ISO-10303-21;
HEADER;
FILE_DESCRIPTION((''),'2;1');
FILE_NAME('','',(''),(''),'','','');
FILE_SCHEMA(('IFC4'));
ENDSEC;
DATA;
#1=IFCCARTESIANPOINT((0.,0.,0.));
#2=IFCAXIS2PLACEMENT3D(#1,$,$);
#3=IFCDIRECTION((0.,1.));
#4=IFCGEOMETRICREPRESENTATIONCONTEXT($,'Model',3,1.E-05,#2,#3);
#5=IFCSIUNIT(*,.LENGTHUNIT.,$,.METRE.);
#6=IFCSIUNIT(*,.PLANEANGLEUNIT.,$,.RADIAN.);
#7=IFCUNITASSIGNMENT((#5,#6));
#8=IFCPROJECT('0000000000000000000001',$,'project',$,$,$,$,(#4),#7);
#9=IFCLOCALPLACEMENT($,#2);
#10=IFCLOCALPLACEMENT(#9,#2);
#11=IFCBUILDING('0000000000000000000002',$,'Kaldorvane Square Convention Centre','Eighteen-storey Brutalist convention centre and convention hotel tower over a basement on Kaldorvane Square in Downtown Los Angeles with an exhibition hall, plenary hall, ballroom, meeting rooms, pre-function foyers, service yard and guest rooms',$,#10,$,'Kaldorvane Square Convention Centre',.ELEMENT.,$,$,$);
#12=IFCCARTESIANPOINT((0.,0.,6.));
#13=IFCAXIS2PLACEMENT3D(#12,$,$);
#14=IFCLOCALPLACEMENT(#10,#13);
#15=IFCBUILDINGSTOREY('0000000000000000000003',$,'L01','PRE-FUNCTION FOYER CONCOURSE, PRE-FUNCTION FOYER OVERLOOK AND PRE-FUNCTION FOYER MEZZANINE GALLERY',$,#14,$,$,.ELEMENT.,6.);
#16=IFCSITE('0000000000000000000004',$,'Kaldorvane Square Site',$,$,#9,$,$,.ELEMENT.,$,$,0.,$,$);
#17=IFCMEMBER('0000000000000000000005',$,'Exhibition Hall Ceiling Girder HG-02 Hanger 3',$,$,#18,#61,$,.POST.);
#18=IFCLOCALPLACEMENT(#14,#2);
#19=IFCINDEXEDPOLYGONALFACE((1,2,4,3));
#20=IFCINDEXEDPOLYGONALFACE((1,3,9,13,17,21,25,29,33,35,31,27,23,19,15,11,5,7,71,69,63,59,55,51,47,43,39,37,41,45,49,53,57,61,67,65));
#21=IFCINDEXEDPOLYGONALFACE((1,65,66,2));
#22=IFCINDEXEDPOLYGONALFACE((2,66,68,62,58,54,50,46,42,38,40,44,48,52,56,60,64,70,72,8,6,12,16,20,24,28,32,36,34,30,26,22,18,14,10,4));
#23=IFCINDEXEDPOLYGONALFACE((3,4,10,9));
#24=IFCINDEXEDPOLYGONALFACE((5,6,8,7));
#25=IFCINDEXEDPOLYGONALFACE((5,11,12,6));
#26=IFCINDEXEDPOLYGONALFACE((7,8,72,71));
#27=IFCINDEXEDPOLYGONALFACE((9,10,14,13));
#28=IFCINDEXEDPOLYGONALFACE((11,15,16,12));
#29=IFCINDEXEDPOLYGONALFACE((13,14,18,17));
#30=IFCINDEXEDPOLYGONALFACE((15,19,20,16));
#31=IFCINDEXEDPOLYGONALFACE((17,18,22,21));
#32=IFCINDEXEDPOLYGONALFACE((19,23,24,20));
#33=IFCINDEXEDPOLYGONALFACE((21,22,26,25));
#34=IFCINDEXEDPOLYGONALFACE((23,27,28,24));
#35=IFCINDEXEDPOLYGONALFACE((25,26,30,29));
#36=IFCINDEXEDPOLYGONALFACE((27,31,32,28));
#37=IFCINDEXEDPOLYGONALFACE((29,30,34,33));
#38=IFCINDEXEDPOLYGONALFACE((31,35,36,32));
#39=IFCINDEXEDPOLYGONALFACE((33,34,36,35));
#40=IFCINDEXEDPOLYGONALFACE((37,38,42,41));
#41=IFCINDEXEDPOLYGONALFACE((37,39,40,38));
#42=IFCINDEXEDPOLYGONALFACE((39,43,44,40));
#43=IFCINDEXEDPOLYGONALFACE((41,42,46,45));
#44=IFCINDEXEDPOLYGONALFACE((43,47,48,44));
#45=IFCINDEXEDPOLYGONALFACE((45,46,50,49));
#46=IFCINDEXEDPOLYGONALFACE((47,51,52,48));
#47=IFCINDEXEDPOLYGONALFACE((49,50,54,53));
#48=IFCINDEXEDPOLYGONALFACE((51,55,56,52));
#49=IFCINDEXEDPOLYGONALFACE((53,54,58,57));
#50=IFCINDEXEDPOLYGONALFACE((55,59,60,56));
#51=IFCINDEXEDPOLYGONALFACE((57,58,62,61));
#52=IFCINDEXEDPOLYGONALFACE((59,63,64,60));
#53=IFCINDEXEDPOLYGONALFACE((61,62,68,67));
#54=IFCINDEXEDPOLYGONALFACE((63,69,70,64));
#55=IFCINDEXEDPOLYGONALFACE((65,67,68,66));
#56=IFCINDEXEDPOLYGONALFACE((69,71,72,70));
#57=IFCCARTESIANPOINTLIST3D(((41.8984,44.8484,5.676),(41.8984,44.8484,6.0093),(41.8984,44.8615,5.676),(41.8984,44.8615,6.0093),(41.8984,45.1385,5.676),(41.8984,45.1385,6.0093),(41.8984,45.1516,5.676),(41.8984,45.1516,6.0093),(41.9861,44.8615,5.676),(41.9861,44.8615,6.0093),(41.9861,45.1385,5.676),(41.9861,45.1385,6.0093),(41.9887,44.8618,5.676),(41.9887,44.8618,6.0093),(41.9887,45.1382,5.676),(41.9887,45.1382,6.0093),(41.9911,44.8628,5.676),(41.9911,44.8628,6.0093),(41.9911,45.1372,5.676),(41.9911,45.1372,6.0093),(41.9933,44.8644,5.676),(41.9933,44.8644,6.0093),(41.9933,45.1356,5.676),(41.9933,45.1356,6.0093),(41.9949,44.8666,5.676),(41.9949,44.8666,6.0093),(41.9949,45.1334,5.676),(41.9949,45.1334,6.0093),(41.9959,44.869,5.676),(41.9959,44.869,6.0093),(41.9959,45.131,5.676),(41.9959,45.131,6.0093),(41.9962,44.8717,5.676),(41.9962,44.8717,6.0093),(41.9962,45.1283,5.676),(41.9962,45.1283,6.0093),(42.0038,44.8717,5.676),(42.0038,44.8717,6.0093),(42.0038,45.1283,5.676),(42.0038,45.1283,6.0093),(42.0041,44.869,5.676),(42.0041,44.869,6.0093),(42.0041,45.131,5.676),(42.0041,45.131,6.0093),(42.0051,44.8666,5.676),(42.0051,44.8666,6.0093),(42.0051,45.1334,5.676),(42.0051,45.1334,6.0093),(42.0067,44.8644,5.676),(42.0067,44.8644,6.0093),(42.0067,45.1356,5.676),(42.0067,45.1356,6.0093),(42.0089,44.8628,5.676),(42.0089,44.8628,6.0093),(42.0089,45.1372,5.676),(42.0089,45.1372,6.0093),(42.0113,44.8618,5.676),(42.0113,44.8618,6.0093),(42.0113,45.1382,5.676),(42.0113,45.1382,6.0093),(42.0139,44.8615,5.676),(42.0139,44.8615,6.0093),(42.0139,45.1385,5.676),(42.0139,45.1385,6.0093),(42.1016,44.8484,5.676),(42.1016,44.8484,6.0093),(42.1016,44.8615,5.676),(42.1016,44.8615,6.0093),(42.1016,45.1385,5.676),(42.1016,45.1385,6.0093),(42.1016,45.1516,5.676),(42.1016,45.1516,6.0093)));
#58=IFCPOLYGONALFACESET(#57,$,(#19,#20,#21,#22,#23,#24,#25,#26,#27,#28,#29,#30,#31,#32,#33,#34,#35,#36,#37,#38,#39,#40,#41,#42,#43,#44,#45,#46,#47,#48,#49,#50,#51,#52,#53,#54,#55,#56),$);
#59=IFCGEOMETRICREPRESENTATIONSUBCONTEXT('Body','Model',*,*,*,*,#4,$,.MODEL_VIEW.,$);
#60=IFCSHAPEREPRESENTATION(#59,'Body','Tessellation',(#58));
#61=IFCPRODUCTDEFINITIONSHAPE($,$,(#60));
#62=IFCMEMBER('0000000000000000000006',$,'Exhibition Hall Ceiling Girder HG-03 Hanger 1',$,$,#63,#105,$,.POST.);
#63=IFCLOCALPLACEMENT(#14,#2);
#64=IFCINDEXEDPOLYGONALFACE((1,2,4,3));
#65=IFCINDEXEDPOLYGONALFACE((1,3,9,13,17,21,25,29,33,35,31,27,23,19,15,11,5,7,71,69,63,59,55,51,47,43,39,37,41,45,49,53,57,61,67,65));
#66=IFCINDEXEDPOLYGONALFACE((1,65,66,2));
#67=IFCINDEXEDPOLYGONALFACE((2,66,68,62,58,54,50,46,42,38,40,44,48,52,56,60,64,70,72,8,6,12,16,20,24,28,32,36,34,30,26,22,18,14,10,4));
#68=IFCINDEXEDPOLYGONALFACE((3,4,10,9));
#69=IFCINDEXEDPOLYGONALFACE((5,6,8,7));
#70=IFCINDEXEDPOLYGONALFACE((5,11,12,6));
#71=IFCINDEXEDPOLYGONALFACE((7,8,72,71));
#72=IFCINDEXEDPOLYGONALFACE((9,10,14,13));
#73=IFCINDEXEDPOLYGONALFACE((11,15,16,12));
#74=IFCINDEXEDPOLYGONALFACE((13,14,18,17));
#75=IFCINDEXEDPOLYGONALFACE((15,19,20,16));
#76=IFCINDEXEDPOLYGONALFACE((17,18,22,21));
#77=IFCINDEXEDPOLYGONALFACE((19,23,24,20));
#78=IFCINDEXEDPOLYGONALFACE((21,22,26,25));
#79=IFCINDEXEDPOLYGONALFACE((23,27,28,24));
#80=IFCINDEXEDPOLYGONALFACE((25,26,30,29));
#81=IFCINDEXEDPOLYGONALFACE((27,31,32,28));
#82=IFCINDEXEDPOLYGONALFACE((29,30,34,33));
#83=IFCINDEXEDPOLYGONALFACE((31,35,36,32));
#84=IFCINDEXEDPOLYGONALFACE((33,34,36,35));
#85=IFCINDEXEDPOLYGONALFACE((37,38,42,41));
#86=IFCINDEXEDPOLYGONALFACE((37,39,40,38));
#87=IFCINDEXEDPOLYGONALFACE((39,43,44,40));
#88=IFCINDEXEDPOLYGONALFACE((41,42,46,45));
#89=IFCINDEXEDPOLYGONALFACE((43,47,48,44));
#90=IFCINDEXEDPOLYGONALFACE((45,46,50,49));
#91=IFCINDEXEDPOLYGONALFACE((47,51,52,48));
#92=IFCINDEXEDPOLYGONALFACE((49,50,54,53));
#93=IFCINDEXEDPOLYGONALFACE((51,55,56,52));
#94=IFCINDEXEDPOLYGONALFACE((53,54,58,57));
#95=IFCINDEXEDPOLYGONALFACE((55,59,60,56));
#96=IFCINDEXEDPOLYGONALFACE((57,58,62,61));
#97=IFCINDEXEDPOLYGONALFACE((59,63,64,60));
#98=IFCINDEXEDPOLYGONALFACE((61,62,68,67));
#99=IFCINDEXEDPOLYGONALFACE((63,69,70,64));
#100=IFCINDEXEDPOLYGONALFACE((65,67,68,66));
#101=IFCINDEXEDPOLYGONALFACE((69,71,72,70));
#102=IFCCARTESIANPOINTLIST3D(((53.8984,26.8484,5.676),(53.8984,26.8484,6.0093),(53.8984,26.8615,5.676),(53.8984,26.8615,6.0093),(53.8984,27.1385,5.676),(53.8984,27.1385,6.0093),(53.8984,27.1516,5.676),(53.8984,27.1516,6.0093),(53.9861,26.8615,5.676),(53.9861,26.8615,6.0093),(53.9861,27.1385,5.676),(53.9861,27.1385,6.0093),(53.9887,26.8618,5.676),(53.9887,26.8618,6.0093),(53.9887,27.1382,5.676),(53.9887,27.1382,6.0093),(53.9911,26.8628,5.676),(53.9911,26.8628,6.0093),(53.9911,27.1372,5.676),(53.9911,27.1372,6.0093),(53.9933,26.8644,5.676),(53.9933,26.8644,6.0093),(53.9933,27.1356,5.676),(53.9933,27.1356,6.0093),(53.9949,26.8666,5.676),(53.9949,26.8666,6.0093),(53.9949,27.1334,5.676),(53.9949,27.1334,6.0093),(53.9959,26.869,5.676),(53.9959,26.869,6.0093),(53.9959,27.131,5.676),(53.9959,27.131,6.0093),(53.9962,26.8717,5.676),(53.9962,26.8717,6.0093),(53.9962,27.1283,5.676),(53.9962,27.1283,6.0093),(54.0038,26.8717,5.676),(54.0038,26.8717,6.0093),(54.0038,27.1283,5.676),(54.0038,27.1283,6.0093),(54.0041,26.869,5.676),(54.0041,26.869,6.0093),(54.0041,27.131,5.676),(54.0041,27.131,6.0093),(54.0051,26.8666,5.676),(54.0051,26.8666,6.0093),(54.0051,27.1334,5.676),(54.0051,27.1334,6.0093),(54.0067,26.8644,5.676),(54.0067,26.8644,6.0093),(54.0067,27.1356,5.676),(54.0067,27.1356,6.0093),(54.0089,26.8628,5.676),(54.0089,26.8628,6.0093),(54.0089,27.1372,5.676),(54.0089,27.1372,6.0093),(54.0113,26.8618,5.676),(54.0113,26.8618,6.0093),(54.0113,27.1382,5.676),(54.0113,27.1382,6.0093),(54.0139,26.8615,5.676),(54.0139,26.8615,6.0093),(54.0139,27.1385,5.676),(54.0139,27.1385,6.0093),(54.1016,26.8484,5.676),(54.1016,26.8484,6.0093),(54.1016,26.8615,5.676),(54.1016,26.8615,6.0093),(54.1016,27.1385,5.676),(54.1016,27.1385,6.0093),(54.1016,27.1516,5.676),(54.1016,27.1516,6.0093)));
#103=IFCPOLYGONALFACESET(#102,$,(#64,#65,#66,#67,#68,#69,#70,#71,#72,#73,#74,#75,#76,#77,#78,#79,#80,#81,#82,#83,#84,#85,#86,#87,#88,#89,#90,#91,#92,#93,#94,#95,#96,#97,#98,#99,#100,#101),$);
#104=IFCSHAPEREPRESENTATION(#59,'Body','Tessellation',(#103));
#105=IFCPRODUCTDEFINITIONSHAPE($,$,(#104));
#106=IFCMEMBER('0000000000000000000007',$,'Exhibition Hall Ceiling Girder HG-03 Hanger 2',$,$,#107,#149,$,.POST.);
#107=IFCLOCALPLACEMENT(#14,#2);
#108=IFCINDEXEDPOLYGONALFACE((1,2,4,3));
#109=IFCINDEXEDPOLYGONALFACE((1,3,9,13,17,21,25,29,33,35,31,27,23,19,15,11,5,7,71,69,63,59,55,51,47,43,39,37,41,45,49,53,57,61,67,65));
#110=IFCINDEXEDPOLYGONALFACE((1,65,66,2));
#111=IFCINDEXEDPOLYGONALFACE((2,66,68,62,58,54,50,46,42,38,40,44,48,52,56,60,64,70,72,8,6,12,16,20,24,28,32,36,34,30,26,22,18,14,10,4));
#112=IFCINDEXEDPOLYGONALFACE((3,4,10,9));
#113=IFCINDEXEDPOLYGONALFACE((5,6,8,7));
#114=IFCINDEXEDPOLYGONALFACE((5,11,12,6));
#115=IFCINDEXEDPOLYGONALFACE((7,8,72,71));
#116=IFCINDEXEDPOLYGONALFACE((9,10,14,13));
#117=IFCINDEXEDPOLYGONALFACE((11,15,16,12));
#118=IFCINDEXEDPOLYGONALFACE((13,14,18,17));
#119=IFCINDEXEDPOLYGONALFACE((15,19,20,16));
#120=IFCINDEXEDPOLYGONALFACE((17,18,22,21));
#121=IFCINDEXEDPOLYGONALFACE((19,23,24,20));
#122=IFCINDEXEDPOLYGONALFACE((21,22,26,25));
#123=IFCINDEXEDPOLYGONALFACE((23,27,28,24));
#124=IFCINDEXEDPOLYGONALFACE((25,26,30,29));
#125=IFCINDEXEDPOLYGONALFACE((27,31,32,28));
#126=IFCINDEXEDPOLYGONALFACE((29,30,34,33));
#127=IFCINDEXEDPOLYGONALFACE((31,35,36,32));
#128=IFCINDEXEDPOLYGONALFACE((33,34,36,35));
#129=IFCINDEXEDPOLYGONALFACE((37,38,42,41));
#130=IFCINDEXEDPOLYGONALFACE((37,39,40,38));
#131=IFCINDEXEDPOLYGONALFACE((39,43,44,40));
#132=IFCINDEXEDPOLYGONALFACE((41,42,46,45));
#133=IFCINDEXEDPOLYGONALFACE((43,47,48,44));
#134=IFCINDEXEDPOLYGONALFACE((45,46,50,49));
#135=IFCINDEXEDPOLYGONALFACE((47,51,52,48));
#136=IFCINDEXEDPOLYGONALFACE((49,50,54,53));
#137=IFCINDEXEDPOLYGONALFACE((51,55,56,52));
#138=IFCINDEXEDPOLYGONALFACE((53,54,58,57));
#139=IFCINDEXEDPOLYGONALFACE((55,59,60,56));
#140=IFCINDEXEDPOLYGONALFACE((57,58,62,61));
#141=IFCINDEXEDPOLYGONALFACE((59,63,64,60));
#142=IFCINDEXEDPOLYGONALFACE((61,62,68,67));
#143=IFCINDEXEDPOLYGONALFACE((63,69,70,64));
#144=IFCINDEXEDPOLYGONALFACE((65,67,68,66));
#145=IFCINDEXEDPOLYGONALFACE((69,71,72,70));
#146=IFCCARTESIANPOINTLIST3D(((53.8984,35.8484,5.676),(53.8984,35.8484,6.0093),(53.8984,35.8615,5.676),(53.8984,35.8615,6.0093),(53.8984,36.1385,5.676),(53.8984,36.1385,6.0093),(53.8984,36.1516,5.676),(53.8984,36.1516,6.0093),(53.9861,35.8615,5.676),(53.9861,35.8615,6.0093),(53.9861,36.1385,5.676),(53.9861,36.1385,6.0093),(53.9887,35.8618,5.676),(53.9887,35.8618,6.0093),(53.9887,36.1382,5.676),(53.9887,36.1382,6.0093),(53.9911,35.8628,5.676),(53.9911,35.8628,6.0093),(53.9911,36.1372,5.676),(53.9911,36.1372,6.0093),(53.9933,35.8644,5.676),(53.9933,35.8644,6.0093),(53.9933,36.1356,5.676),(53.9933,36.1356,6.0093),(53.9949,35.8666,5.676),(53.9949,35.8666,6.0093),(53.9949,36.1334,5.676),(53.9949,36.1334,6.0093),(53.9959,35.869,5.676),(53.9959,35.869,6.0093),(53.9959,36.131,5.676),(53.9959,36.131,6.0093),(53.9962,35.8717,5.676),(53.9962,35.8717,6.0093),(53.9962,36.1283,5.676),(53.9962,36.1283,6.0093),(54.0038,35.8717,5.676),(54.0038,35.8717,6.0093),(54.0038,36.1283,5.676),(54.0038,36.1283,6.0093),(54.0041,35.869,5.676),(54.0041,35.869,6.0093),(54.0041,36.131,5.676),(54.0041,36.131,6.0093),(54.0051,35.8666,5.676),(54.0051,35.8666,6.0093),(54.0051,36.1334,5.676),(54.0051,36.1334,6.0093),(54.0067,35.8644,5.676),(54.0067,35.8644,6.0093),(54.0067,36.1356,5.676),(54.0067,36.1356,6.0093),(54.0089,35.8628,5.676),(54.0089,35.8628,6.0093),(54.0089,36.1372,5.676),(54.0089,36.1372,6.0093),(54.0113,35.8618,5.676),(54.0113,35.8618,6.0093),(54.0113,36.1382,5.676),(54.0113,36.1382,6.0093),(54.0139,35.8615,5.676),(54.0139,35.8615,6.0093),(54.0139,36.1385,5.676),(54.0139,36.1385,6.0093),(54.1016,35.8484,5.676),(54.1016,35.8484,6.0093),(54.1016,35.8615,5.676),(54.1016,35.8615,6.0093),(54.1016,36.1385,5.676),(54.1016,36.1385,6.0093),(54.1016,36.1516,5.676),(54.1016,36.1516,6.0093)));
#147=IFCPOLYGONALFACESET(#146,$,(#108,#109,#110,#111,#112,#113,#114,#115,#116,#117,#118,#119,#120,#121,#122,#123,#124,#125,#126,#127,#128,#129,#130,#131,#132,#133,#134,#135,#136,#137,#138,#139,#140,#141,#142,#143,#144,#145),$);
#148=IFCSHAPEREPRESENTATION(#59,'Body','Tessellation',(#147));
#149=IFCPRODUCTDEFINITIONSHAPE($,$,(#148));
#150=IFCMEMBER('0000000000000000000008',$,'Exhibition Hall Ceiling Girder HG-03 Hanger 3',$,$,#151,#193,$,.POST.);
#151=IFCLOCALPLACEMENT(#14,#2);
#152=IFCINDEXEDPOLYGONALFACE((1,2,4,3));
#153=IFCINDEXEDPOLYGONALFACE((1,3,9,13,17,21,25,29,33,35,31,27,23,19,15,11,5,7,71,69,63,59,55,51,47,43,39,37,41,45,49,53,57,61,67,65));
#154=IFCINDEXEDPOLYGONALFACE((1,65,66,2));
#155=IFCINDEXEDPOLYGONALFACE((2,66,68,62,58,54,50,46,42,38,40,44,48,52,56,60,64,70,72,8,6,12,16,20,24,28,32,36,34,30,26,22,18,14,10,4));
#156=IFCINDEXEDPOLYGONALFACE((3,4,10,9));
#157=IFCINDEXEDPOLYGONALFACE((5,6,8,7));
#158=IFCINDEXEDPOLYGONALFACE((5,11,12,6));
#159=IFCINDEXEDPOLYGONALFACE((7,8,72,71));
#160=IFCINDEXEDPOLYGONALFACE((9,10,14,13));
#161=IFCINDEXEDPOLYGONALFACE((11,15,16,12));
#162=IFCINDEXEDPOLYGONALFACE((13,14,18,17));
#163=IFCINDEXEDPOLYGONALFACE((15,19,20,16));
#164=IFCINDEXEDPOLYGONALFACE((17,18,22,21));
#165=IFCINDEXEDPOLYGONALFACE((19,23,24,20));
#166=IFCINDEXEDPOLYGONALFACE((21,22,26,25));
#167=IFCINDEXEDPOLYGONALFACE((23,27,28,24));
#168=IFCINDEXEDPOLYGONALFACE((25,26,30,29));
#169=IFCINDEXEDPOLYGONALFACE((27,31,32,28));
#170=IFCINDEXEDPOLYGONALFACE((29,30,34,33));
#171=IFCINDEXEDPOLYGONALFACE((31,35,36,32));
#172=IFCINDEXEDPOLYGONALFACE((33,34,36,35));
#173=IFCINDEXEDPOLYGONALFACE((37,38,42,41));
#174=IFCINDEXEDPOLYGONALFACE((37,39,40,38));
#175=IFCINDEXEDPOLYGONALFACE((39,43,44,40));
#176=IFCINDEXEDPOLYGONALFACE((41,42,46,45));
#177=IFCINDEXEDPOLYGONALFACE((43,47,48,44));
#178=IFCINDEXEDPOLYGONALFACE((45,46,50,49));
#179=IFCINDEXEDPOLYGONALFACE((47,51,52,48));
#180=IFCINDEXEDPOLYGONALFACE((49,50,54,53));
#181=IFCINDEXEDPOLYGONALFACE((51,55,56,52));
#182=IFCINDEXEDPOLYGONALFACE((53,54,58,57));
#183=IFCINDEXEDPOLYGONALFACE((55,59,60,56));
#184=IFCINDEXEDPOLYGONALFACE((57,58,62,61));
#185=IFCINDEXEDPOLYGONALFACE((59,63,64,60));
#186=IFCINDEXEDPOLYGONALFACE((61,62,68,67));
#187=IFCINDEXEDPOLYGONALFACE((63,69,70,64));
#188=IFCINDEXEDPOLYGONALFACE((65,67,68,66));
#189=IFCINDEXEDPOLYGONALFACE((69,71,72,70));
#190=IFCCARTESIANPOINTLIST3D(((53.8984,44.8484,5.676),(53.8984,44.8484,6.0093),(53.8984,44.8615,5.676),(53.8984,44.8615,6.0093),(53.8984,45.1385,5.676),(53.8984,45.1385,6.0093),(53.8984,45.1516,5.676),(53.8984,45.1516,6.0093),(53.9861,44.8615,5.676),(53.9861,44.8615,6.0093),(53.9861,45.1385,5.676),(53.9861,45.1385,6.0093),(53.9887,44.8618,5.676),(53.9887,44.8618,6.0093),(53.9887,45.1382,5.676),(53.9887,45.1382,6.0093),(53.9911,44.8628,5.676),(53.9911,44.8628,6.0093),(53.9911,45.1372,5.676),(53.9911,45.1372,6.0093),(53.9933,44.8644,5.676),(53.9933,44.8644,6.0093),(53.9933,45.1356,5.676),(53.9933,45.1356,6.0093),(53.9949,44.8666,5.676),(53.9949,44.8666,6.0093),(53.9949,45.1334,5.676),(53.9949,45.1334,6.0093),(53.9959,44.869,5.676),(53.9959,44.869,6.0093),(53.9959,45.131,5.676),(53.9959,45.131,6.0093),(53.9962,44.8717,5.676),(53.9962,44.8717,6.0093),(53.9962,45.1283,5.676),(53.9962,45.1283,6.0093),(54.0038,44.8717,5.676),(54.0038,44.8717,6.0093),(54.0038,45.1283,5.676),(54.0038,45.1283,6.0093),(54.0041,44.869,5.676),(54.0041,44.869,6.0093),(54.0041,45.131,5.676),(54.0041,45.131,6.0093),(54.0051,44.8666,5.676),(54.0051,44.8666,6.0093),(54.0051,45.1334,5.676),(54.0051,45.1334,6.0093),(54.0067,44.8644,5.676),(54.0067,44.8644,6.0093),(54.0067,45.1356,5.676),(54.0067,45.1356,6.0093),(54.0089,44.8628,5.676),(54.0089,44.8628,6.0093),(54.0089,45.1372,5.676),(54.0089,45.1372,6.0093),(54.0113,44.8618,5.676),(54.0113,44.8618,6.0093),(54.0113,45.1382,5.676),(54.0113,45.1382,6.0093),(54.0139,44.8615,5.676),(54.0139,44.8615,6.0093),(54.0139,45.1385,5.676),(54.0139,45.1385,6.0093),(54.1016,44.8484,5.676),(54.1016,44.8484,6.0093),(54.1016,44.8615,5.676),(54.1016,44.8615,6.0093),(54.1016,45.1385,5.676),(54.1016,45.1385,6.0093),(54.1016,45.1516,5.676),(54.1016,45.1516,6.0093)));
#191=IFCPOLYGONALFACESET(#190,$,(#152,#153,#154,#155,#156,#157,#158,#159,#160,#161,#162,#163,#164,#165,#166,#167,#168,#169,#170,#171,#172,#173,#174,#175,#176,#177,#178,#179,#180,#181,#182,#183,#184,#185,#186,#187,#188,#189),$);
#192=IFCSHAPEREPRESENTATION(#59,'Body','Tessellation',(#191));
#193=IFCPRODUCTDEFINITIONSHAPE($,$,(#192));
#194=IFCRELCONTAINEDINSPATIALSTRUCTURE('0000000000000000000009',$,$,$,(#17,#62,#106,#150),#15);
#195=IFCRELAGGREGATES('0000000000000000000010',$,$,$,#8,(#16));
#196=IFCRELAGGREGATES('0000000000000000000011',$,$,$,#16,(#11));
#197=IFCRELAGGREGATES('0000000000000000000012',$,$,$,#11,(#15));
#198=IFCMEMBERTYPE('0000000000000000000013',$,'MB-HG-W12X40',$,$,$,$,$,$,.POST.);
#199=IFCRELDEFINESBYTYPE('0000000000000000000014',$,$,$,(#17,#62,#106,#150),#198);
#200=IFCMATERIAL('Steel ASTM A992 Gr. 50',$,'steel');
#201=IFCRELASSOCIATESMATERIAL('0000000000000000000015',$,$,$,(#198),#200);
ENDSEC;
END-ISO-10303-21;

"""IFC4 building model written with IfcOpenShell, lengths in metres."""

from ifc_helpers import new_model, si_unit, direction, frame, origin, origin_2d, place, context, subcontext, project, spatial, i_section, extrude, material, material_profile, profile_set, type_object, element, save


model = new_model("IFC4")

# Units and contexts
model_context = context("Model", 3, precision=1e-05, world=origin(), true_north=direction((0.0, 1.0)))
body_context = subcontext(model_context, "Body", "Model", "MODEL_VIEW")
ifc_project = project(units=[si_unit("LENGTHUNIT", "METRE"), si_unit("PLANEANGLEUNIT", "RADIAN")], contexts=[model_context])

# Site, building, storey
site_placement = place(None, origin())
site = spatial("IfcSite", under=ifc_project, at=site_placement, Name="Kaldorvane Square Site", CompositionType="ELEMENT", RefElevation=0.0)
building_placement = place(site_placement, origin())
building = spatial("IfcBuilding", under=site, at=building_placement, Name="Kaldorvane Square Convention Centre", Description="Eighteen-storey Brutalist convention centre and convention hotel tower over a basement on Kaldorvane Square in Downtown Los Angeles with an exhibition hall, plenary hall, ballroom, meeting rooms, pre-function foyers, service yard and guest rooms", LongName="Kaldorvane Square Convention Centre", CompositionType="ELEMENT")
storey_placement = place(building_placement, frame((0.0, 0.0, 6.0)))
storey = spatial("IfcBuildingStorey", under=building, at=storey_placement, Name="L01", Description="PRE-FUNCTION FOYER CONCOURSE, PRE-FUNCTION FOYER OVERLOOK AND PRE-FUNCTION FOYER MEZZANINE GALLERY", CompositionType="ELEMENT", Elevation=6.0)

# Shared definitions
ifc_material = material(Name="Steel ASTM A992 Gr. 50", Category="steel")

# Members
ifc_material_profile_1 = material_profile(ifc_material, i_section(OverallWidth=0.2033, OverallDepth=0.3033, WebThickness=0.0075, FlangeThickness=0.0131, FilletRadius=0.0102, at=origin_2d()), Name="W12X40")
ifc_profile_set_1 = profile_set([ifc_material_profile_1], Name="Steel ASTM A992 Gr. 50")
member_type = type_object("IfcMemberType", Name="MB-HG-W12X40", PredefinedType="POST", material=ifc_profile_set_1)
for number, where, z_axis, x_axis, name in (
    (1, (42.0, 45.0, 5.676), (0.0, 0.0, 1.0), (1.0, 0.0, 0.0), "Exhibition Hall Ceiling Girder HG-02 Hanger 3"),
    (2, (54.0, 27.0, 5.676), (0.0, 0.0, 1.0), (1.0, 0.0, 0.0), "Exhibition Hall Ceiling Girder HG-03 Hanger 1"),
    (3, (54.0, 36.0, 5.676), (0.0, 0.0, 1.0), (1.0, 0.0, 0.0), "Exhibition Hall Ceiling Girder HG-03 Hanger 2"),
    (4, (54.0, 45.0, 5.676), (0.0, 0.0, 1.0), (1.0, 0.0, 0.0), "Exhibition Hall Ceiling Girder HG-03 Hanger 3"),
):
    element("IfcMember", number, at=place(storey_placement, frame(where, z_axis=z_axis, x_axis=x_axis)), inside=storey, type_object=member_type, Name=name, PredefinedType="POST", context=body_context, shape_type="SweptSolid", body=[
        extrude(i_section(OverallWidth=0.2033, OverallDepth=0.3033, WebThickness=0.0075, FlangeThickness=0.0131, FilletRadius=0.0102, at=origin_2d()), origin(), (0.0, 0.0, 1.0), 0.3333),
    ])

save(model, "model.ifc")
